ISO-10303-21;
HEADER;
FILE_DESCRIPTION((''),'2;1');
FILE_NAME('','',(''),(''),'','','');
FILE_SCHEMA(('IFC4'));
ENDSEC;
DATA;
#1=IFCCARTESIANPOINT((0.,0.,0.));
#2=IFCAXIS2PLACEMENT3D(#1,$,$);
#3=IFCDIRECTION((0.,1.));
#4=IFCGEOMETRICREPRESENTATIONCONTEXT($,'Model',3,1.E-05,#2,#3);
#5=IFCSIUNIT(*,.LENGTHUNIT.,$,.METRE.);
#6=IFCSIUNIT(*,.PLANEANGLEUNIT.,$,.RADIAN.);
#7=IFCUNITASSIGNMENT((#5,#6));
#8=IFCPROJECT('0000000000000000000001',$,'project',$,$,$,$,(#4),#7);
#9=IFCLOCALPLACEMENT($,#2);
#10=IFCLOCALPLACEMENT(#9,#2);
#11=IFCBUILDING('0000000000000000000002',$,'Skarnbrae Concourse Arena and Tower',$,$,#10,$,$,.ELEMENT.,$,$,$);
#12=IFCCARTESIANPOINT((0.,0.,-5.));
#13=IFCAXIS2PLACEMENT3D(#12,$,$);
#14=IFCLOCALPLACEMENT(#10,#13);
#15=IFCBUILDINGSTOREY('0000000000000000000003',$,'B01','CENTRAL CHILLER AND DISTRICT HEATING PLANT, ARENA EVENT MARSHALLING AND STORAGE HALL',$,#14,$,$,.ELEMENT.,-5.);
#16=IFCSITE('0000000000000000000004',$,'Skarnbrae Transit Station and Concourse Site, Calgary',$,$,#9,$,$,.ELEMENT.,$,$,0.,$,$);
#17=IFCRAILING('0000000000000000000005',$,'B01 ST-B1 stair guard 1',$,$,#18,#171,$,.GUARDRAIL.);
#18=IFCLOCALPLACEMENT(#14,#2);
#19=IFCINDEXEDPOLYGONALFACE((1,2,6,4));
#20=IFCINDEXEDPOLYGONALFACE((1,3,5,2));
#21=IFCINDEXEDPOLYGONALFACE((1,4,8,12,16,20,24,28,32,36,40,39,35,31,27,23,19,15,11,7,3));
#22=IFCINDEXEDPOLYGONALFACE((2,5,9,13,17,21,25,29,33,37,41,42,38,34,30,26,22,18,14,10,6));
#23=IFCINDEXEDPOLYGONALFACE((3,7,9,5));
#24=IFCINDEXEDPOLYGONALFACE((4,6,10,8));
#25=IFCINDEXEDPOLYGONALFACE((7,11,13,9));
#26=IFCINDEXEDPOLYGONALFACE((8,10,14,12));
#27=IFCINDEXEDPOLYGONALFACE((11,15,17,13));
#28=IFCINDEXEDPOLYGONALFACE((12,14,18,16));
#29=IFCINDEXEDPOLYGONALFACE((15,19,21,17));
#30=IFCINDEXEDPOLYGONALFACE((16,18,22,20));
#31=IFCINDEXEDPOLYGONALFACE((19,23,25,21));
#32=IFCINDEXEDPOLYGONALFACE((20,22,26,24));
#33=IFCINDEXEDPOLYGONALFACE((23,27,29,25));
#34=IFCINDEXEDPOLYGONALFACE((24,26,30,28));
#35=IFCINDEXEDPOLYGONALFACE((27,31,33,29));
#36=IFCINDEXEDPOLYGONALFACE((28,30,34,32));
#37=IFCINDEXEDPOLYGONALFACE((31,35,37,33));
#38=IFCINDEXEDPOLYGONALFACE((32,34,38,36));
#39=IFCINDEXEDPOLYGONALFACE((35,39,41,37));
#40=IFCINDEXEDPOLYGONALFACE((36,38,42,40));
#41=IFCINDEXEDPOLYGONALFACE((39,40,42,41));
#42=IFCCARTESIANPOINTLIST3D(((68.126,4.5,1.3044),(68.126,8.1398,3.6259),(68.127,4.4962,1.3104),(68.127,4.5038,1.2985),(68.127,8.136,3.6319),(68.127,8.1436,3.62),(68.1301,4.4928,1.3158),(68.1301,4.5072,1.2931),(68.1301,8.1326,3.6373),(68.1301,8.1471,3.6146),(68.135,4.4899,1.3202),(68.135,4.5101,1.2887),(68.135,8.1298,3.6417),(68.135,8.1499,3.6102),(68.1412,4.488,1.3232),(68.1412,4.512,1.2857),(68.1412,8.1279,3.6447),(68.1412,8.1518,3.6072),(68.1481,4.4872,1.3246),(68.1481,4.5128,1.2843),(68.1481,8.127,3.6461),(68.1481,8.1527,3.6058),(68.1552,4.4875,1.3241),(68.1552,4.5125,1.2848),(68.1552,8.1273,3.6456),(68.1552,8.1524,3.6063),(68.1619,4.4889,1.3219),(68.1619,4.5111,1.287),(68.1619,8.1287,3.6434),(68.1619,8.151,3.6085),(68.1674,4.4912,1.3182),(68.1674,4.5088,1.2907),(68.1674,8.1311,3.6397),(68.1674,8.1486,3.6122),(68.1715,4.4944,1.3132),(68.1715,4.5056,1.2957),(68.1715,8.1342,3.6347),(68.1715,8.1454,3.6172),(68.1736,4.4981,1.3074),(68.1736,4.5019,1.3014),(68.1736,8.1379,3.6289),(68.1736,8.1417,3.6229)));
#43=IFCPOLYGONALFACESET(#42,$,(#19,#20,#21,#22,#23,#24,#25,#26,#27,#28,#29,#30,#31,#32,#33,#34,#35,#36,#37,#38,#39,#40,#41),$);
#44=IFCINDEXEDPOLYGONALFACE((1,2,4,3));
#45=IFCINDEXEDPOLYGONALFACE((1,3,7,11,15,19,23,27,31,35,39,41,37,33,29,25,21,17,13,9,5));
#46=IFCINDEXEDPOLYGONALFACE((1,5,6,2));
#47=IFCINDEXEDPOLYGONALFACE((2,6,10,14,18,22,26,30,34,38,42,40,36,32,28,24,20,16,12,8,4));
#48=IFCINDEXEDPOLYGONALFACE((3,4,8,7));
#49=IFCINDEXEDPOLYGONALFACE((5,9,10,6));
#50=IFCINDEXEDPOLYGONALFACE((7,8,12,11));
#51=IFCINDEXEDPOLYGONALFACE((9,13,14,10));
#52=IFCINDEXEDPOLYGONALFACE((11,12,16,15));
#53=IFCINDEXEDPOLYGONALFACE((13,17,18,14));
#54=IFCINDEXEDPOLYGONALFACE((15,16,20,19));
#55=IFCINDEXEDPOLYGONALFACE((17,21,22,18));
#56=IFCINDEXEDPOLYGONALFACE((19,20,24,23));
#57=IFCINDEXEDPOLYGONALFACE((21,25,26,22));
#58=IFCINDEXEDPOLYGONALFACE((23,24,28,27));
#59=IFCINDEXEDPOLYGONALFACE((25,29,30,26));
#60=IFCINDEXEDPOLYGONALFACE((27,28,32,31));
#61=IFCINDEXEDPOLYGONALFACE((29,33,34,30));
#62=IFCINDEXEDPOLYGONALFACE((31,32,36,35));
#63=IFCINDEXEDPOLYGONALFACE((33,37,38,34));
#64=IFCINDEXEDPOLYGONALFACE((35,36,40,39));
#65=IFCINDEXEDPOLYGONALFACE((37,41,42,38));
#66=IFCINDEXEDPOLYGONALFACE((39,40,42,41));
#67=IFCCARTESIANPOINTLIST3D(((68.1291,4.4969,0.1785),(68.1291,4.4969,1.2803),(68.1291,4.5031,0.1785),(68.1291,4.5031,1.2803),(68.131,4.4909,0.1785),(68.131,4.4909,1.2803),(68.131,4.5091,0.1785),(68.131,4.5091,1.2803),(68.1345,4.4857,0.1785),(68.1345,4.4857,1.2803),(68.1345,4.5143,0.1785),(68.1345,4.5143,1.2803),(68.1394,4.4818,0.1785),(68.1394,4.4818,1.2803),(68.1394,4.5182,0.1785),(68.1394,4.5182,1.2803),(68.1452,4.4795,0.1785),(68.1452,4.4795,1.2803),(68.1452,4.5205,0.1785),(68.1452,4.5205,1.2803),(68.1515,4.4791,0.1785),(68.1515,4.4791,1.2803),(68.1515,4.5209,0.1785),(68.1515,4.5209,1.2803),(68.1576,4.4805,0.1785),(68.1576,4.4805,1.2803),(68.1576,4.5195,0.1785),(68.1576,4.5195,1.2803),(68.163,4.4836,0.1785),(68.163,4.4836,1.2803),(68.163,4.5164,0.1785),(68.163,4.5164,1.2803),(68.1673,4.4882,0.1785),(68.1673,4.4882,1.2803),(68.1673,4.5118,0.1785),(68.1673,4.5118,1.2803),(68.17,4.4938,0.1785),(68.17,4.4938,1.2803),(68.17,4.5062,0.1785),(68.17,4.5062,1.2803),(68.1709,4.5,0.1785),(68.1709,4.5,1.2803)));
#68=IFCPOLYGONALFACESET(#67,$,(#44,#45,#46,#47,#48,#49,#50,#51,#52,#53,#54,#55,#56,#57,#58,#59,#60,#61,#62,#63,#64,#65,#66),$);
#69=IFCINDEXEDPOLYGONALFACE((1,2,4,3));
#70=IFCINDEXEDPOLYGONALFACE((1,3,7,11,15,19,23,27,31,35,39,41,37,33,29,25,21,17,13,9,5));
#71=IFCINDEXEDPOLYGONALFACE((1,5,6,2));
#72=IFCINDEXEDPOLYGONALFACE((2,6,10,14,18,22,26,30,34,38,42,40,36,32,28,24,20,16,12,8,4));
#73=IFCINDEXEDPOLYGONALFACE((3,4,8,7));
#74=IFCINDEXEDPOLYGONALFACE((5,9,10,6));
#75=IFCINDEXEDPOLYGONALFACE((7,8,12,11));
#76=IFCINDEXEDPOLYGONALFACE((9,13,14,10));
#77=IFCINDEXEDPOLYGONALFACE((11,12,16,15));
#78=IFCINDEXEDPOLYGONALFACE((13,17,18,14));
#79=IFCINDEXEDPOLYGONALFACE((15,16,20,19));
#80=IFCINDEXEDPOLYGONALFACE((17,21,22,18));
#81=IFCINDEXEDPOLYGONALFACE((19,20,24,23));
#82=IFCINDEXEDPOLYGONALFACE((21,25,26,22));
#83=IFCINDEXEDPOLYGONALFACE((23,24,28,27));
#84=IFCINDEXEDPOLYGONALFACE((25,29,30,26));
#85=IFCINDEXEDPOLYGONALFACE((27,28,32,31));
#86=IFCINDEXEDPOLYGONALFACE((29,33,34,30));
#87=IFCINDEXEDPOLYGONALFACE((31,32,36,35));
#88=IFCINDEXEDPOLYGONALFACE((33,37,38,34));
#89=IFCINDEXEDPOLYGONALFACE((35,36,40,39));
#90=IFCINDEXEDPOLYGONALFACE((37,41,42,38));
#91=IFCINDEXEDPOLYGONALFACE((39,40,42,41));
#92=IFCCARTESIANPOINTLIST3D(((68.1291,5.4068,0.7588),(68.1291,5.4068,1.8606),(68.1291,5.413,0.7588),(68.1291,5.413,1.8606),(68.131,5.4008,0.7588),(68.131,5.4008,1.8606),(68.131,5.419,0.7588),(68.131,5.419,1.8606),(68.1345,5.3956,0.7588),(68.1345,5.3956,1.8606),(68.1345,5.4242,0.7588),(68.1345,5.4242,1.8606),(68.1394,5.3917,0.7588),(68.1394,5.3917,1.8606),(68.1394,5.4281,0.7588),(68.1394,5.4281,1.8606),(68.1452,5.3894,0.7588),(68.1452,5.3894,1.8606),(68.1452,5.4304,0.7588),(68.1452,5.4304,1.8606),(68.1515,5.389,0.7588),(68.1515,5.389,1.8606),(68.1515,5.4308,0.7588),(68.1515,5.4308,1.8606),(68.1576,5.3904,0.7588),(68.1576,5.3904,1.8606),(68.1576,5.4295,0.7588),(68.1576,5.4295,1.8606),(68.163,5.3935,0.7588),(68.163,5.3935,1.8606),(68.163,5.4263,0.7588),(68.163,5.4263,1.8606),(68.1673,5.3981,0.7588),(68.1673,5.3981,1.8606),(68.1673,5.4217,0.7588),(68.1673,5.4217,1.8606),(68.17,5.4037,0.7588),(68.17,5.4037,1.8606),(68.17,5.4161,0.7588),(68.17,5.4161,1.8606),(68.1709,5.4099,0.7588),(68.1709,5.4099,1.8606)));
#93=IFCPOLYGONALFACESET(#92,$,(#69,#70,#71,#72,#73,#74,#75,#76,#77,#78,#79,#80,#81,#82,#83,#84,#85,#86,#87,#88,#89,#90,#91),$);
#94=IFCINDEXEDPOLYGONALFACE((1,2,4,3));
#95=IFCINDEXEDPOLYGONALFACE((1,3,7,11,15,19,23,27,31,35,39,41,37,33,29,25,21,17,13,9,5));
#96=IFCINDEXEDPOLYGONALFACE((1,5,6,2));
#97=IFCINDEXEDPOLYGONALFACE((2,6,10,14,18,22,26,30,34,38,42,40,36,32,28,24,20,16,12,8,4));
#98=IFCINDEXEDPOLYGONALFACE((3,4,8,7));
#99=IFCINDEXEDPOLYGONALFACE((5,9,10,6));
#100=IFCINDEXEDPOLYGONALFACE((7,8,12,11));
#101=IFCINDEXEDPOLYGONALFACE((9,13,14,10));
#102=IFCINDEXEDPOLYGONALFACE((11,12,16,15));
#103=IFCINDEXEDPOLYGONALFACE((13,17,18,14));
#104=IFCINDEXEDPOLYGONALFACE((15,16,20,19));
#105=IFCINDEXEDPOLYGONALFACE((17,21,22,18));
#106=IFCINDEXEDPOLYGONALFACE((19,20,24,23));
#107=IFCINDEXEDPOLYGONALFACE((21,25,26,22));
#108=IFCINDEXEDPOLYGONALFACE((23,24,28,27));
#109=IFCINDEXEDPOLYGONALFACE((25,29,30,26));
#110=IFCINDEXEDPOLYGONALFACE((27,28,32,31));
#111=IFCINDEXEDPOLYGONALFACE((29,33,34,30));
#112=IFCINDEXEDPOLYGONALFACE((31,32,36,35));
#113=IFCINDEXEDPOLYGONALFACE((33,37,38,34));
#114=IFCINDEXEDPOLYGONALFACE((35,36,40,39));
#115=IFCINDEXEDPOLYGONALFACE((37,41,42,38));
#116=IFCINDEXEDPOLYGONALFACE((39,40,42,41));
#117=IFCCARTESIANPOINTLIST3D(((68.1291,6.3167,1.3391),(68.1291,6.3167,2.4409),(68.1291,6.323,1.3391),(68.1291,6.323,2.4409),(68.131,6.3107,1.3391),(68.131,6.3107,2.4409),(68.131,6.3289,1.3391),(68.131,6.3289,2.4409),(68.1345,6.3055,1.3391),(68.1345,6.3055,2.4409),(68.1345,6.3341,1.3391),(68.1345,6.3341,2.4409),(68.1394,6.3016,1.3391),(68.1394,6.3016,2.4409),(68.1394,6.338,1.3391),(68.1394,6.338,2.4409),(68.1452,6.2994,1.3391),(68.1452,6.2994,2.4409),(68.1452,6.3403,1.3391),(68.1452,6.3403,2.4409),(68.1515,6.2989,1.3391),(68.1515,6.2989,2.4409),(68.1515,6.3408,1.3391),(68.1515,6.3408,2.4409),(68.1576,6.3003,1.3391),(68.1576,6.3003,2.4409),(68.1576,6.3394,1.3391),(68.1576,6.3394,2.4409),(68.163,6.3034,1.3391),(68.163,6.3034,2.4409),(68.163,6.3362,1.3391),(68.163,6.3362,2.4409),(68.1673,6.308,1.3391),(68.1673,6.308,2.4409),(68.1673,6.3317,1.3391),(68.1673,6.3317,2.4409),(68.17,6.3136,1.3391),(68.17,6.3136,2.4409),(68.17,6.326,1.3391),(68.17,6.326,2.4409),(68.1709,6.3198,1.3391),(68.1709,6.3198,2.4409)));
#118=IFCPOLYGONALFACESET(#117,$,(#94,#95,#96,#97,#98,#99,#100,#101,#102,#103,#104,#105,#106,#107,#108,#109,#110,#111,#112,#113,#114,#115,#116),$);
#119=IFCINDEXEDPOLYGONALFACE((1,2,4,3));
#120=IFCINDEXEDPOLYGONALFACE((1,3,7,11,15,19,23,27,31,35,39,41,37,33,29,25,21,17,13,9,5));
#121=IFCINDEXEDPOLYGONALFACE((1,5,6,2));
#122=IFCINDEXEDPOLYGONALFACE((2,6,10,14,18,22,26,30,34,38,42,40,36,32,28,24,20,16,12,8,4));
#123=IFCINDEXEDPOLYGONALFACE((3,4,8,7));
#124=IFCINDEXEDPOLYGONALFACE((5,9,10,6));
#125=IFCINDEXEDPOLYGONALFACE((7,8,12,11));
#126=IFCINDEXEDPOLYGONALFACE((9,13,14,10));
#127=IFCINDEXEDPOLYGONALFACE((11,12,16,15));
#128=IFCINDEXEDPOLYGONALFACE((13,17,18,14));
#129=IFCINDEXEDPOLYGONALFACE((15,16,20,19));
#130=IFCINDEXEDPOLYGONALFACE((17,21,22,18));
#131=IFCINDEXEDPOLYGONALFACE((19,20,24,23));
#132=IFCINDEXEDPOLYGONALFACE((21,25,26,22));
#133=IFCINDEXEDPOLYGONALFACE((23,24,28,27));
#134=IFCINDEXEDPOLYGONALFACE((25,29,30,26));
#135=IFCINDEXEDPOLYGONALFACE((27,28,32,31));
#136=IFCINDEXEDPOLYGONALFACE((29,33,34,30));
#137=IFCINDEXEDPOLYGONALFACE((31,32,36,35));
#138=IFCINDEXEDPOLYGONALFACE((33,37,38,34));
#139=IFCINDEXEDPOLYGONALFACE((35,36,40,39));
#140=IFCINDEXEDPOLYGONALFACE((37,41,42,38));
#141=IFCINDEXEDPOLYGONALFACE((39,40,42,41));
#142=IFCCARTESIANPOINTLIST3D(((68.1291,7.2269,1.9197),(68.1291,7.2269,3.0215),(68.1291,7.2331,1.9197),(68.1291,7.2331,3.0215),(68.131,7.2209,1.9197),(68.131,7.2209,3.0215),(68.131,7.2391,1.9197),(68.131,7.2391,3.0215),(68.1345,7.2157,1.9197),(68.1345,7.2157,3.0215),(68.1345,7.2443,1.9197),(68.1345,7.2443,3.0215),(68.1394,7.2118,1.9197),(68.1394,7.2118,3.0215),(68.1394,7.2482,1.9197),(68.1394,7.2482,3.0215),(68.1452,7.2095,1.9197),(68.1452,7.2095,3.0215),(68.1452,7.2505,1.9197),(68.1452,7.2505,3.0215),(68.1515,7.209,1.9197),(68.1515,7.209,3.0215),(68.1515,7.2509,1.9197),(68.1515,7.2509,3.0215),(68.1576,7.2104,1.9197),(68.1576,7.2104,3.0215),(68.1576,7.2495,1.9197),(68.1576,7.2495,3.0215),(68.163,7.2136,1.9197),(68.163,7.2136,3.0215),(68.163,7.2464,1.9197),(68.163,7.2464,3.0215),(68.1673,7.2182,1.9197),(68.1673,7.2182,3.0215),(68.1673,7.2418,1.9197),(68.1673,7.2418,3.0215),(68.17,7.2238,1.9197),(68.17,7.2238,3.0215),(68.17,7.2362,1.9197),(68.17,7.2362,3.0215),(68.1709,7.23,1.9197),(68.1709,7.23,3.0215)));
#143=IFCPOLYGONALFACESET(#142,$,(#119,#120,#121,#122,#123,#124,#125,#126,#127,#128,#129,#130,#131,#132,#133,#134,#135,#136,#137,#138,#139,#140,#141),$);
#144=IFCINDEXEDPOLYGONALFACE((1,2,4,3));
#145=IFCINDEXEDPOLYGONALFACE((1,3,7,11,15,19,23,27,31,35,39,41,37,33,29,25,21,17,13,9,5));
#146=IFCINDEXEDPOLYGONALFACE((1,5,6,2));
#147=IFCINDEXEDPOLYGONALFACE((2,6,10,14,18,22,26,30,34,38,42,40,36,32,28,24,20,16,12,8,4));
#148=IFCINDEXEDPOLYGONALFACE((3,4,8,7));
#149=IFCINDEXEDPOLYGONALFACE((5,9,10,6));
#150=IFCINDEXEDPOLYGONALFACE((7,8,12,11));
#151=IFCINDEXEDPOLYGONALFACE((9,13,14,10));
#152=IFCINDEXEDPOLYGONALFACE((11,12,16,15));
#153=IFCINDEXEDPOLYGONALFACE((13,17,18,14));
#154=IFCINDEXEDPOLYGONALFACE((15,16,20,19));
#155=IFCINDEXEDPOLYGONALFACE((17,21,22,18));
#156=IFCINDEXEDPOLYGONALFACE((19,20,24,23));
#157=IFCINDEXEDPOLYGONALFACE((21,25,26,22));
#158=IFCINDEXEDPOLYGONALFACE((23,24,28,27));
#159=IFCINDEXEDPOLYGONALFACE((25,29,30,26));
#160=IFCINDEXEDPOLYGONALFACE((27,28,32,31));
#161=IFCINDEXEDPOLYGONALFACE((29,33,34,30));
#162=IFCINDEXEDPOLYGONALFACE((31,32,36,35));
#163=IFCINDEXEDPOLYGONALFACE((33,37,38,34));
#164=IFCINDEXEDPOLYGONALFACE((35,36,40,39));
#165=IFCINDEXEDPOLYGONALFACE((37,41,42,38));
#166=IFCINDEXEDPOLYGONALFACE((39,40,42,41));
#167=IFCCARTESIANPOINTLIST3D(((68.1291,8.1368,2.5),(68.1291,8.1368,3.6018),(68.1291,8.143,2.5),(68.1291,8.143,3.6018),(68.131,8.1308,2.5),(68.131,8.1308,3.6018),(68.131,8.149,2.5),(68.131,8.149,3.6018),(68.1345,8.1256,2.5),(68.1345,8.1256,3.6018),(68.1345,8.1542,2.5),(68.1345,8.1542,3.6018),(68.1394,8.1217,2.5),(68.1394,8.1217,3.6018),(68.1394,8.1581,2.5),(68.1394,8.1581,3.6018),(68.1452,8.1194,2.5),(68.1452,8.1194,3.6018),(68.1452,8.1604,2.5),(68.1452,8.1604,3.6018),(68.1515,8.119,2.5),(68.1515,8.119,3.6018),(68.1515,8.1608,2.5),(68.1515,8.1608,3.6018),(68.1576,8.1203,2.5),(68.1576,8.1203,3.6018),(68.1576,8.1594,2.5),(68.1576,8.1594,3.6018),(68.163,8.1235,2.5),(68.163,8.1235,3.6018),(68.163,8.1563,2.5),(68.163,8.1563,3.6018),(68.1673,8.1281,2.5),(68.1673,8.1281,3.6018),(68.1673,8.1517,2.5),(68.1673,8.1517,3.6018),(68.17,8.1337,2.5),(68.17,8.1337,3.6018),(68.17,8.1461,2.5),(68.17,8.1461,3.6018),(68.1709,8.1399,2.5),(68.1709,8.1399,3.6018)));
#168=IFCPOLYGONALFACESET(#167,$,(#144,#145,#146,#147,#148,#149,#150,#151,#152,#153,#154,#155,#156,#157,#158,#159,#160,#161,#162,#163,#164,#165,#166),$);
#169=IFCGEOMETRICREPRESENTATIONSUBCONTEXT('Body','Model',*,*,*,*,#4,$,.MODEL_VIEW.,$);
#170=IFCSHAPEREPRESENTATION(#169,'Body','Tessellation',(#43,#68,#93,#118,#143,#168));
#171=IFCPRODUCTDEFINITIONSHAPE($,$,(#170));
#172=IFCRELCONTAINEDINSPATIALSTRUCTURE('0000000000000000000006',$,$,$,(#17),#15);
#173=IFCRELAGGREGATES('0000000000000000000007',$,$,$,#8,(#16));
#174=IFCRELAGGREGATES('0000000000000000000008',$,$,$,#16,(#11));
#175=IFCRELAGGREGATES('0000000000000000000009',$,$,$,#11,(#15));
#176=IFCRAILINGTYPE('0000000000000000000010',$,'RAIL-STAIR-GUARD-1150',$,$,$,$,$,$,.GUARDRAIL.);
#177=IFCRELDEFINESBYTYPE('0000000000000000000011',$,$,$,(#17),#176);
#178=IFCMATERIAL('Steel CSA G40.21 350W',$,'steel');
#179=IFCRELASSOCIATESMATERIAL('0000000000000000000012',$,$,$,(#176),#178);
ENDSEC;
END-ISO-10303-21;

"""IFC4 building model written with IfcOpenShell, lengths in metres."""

from ifc_helpers import new_model, si_unit, direction, frame, origin, origin_2d, place, context, subcontext, project, spatial, circle, extrude, material, type_object, element, save


model = new_model("IFC4")

# Units and contexts
model_context = context("Model", 3, precision=1e-05, world=origin(), true_north=direction((0.0, 1.0)))
body_context = subcontext(model_context, "Body", "Model", "MODEL_VIEW")
ifc_project = project(units=[si_unit("LENGTHUNIT", "METRE"), si_unit("PLANEANGLEUNIT", "RADIAN")], contexts=[model_context])

# Site, building, storey
site_placement = place(None, origin())
site = spatial("IfcSite", under=ifc_project, at=site_placement, Name="Skarnbrae Transit Station and Concourse Site, Calgary", CompositionType="ELEMENT", RefElevation=0.0)
building_placement = place(site_placement, origin())
building = spatial("IfcBuilding", under=site, at=building_placement, Name="Skarnbrae Concourse Arena and Tower", CompositionType="ELEMENT")
storey_placement = place(building_placement, frame((0.0, 0.0, -5.0)))
storey = spatial("IfcBuildingStorey", under=building, at=storey_placement, Name="B01", Description="CENTRAL CHILLER AND DISTRICT HEATING PLANT, ARENA EVENT MARSHALLING AND STORAGE HALL", CompositionType="ELEMENT", Elevation=-5.0)

# Shared definitions
ifc_material_1 = material(Name="Steel CSA G40.21 350W", Category="steel")

# Railing
railing_type_1 = type_object("IfcRailingType", Name="RAIL-STAIR-GUARD-1150", PredefinedType="GUARDRAIL", material=ifc_material_1)
railing_1_placement = place(storey_placement, frame((68.1499, 4.5, 0.1785)))
element("IfcRailing", 1, at=railing_1_placement, inside=storey, type_object=railing_type_1, Name="B01 ST-B1 stair guard 1", PredefinedType="GUARDRAIL", context=body_context, shape_type="SweptSolid", body=[
    extrude(circle(Radius=0.0239, at=origin_2d()), frame((0.0, 0.0, 1.126), z_axis=(0.0, 0.843112, 0.537739), x_axis=(-1.0, 0.0, 0.0)), (0.0, 0.0, 1.0), 4.3171),
    extrude(circle(Radius=0.021, at=origin_2d()), origin(), (0.0, 0.0, 1.0), 1.1018),
    extrude(circle(Radius=0.021, at=origin_2d()), frame((0.0, 0.9099, 0.5803)), (0.0, 0.0, 1.0), 1.1018),
    extrude(circle(Radius=0.021, at=origin_2d()), frame((0.0, 1.8198, 1.1606)), (0.0, 0.0, 1.0), 1.1018),
    extrude(circle(Radius=0.021, at=origin_2d()), frame((0.0, 2.73, 1.7412)), (0.0, 0.0, 1.0), 1.1018),
    extrude(circle(Radius=0.021, at=origin_2d()), frame((0.0, 3.6399, 2.3215)), (0.0, 0.0, 1.0), 1.1018),
])

save(model, "model.ifc")
